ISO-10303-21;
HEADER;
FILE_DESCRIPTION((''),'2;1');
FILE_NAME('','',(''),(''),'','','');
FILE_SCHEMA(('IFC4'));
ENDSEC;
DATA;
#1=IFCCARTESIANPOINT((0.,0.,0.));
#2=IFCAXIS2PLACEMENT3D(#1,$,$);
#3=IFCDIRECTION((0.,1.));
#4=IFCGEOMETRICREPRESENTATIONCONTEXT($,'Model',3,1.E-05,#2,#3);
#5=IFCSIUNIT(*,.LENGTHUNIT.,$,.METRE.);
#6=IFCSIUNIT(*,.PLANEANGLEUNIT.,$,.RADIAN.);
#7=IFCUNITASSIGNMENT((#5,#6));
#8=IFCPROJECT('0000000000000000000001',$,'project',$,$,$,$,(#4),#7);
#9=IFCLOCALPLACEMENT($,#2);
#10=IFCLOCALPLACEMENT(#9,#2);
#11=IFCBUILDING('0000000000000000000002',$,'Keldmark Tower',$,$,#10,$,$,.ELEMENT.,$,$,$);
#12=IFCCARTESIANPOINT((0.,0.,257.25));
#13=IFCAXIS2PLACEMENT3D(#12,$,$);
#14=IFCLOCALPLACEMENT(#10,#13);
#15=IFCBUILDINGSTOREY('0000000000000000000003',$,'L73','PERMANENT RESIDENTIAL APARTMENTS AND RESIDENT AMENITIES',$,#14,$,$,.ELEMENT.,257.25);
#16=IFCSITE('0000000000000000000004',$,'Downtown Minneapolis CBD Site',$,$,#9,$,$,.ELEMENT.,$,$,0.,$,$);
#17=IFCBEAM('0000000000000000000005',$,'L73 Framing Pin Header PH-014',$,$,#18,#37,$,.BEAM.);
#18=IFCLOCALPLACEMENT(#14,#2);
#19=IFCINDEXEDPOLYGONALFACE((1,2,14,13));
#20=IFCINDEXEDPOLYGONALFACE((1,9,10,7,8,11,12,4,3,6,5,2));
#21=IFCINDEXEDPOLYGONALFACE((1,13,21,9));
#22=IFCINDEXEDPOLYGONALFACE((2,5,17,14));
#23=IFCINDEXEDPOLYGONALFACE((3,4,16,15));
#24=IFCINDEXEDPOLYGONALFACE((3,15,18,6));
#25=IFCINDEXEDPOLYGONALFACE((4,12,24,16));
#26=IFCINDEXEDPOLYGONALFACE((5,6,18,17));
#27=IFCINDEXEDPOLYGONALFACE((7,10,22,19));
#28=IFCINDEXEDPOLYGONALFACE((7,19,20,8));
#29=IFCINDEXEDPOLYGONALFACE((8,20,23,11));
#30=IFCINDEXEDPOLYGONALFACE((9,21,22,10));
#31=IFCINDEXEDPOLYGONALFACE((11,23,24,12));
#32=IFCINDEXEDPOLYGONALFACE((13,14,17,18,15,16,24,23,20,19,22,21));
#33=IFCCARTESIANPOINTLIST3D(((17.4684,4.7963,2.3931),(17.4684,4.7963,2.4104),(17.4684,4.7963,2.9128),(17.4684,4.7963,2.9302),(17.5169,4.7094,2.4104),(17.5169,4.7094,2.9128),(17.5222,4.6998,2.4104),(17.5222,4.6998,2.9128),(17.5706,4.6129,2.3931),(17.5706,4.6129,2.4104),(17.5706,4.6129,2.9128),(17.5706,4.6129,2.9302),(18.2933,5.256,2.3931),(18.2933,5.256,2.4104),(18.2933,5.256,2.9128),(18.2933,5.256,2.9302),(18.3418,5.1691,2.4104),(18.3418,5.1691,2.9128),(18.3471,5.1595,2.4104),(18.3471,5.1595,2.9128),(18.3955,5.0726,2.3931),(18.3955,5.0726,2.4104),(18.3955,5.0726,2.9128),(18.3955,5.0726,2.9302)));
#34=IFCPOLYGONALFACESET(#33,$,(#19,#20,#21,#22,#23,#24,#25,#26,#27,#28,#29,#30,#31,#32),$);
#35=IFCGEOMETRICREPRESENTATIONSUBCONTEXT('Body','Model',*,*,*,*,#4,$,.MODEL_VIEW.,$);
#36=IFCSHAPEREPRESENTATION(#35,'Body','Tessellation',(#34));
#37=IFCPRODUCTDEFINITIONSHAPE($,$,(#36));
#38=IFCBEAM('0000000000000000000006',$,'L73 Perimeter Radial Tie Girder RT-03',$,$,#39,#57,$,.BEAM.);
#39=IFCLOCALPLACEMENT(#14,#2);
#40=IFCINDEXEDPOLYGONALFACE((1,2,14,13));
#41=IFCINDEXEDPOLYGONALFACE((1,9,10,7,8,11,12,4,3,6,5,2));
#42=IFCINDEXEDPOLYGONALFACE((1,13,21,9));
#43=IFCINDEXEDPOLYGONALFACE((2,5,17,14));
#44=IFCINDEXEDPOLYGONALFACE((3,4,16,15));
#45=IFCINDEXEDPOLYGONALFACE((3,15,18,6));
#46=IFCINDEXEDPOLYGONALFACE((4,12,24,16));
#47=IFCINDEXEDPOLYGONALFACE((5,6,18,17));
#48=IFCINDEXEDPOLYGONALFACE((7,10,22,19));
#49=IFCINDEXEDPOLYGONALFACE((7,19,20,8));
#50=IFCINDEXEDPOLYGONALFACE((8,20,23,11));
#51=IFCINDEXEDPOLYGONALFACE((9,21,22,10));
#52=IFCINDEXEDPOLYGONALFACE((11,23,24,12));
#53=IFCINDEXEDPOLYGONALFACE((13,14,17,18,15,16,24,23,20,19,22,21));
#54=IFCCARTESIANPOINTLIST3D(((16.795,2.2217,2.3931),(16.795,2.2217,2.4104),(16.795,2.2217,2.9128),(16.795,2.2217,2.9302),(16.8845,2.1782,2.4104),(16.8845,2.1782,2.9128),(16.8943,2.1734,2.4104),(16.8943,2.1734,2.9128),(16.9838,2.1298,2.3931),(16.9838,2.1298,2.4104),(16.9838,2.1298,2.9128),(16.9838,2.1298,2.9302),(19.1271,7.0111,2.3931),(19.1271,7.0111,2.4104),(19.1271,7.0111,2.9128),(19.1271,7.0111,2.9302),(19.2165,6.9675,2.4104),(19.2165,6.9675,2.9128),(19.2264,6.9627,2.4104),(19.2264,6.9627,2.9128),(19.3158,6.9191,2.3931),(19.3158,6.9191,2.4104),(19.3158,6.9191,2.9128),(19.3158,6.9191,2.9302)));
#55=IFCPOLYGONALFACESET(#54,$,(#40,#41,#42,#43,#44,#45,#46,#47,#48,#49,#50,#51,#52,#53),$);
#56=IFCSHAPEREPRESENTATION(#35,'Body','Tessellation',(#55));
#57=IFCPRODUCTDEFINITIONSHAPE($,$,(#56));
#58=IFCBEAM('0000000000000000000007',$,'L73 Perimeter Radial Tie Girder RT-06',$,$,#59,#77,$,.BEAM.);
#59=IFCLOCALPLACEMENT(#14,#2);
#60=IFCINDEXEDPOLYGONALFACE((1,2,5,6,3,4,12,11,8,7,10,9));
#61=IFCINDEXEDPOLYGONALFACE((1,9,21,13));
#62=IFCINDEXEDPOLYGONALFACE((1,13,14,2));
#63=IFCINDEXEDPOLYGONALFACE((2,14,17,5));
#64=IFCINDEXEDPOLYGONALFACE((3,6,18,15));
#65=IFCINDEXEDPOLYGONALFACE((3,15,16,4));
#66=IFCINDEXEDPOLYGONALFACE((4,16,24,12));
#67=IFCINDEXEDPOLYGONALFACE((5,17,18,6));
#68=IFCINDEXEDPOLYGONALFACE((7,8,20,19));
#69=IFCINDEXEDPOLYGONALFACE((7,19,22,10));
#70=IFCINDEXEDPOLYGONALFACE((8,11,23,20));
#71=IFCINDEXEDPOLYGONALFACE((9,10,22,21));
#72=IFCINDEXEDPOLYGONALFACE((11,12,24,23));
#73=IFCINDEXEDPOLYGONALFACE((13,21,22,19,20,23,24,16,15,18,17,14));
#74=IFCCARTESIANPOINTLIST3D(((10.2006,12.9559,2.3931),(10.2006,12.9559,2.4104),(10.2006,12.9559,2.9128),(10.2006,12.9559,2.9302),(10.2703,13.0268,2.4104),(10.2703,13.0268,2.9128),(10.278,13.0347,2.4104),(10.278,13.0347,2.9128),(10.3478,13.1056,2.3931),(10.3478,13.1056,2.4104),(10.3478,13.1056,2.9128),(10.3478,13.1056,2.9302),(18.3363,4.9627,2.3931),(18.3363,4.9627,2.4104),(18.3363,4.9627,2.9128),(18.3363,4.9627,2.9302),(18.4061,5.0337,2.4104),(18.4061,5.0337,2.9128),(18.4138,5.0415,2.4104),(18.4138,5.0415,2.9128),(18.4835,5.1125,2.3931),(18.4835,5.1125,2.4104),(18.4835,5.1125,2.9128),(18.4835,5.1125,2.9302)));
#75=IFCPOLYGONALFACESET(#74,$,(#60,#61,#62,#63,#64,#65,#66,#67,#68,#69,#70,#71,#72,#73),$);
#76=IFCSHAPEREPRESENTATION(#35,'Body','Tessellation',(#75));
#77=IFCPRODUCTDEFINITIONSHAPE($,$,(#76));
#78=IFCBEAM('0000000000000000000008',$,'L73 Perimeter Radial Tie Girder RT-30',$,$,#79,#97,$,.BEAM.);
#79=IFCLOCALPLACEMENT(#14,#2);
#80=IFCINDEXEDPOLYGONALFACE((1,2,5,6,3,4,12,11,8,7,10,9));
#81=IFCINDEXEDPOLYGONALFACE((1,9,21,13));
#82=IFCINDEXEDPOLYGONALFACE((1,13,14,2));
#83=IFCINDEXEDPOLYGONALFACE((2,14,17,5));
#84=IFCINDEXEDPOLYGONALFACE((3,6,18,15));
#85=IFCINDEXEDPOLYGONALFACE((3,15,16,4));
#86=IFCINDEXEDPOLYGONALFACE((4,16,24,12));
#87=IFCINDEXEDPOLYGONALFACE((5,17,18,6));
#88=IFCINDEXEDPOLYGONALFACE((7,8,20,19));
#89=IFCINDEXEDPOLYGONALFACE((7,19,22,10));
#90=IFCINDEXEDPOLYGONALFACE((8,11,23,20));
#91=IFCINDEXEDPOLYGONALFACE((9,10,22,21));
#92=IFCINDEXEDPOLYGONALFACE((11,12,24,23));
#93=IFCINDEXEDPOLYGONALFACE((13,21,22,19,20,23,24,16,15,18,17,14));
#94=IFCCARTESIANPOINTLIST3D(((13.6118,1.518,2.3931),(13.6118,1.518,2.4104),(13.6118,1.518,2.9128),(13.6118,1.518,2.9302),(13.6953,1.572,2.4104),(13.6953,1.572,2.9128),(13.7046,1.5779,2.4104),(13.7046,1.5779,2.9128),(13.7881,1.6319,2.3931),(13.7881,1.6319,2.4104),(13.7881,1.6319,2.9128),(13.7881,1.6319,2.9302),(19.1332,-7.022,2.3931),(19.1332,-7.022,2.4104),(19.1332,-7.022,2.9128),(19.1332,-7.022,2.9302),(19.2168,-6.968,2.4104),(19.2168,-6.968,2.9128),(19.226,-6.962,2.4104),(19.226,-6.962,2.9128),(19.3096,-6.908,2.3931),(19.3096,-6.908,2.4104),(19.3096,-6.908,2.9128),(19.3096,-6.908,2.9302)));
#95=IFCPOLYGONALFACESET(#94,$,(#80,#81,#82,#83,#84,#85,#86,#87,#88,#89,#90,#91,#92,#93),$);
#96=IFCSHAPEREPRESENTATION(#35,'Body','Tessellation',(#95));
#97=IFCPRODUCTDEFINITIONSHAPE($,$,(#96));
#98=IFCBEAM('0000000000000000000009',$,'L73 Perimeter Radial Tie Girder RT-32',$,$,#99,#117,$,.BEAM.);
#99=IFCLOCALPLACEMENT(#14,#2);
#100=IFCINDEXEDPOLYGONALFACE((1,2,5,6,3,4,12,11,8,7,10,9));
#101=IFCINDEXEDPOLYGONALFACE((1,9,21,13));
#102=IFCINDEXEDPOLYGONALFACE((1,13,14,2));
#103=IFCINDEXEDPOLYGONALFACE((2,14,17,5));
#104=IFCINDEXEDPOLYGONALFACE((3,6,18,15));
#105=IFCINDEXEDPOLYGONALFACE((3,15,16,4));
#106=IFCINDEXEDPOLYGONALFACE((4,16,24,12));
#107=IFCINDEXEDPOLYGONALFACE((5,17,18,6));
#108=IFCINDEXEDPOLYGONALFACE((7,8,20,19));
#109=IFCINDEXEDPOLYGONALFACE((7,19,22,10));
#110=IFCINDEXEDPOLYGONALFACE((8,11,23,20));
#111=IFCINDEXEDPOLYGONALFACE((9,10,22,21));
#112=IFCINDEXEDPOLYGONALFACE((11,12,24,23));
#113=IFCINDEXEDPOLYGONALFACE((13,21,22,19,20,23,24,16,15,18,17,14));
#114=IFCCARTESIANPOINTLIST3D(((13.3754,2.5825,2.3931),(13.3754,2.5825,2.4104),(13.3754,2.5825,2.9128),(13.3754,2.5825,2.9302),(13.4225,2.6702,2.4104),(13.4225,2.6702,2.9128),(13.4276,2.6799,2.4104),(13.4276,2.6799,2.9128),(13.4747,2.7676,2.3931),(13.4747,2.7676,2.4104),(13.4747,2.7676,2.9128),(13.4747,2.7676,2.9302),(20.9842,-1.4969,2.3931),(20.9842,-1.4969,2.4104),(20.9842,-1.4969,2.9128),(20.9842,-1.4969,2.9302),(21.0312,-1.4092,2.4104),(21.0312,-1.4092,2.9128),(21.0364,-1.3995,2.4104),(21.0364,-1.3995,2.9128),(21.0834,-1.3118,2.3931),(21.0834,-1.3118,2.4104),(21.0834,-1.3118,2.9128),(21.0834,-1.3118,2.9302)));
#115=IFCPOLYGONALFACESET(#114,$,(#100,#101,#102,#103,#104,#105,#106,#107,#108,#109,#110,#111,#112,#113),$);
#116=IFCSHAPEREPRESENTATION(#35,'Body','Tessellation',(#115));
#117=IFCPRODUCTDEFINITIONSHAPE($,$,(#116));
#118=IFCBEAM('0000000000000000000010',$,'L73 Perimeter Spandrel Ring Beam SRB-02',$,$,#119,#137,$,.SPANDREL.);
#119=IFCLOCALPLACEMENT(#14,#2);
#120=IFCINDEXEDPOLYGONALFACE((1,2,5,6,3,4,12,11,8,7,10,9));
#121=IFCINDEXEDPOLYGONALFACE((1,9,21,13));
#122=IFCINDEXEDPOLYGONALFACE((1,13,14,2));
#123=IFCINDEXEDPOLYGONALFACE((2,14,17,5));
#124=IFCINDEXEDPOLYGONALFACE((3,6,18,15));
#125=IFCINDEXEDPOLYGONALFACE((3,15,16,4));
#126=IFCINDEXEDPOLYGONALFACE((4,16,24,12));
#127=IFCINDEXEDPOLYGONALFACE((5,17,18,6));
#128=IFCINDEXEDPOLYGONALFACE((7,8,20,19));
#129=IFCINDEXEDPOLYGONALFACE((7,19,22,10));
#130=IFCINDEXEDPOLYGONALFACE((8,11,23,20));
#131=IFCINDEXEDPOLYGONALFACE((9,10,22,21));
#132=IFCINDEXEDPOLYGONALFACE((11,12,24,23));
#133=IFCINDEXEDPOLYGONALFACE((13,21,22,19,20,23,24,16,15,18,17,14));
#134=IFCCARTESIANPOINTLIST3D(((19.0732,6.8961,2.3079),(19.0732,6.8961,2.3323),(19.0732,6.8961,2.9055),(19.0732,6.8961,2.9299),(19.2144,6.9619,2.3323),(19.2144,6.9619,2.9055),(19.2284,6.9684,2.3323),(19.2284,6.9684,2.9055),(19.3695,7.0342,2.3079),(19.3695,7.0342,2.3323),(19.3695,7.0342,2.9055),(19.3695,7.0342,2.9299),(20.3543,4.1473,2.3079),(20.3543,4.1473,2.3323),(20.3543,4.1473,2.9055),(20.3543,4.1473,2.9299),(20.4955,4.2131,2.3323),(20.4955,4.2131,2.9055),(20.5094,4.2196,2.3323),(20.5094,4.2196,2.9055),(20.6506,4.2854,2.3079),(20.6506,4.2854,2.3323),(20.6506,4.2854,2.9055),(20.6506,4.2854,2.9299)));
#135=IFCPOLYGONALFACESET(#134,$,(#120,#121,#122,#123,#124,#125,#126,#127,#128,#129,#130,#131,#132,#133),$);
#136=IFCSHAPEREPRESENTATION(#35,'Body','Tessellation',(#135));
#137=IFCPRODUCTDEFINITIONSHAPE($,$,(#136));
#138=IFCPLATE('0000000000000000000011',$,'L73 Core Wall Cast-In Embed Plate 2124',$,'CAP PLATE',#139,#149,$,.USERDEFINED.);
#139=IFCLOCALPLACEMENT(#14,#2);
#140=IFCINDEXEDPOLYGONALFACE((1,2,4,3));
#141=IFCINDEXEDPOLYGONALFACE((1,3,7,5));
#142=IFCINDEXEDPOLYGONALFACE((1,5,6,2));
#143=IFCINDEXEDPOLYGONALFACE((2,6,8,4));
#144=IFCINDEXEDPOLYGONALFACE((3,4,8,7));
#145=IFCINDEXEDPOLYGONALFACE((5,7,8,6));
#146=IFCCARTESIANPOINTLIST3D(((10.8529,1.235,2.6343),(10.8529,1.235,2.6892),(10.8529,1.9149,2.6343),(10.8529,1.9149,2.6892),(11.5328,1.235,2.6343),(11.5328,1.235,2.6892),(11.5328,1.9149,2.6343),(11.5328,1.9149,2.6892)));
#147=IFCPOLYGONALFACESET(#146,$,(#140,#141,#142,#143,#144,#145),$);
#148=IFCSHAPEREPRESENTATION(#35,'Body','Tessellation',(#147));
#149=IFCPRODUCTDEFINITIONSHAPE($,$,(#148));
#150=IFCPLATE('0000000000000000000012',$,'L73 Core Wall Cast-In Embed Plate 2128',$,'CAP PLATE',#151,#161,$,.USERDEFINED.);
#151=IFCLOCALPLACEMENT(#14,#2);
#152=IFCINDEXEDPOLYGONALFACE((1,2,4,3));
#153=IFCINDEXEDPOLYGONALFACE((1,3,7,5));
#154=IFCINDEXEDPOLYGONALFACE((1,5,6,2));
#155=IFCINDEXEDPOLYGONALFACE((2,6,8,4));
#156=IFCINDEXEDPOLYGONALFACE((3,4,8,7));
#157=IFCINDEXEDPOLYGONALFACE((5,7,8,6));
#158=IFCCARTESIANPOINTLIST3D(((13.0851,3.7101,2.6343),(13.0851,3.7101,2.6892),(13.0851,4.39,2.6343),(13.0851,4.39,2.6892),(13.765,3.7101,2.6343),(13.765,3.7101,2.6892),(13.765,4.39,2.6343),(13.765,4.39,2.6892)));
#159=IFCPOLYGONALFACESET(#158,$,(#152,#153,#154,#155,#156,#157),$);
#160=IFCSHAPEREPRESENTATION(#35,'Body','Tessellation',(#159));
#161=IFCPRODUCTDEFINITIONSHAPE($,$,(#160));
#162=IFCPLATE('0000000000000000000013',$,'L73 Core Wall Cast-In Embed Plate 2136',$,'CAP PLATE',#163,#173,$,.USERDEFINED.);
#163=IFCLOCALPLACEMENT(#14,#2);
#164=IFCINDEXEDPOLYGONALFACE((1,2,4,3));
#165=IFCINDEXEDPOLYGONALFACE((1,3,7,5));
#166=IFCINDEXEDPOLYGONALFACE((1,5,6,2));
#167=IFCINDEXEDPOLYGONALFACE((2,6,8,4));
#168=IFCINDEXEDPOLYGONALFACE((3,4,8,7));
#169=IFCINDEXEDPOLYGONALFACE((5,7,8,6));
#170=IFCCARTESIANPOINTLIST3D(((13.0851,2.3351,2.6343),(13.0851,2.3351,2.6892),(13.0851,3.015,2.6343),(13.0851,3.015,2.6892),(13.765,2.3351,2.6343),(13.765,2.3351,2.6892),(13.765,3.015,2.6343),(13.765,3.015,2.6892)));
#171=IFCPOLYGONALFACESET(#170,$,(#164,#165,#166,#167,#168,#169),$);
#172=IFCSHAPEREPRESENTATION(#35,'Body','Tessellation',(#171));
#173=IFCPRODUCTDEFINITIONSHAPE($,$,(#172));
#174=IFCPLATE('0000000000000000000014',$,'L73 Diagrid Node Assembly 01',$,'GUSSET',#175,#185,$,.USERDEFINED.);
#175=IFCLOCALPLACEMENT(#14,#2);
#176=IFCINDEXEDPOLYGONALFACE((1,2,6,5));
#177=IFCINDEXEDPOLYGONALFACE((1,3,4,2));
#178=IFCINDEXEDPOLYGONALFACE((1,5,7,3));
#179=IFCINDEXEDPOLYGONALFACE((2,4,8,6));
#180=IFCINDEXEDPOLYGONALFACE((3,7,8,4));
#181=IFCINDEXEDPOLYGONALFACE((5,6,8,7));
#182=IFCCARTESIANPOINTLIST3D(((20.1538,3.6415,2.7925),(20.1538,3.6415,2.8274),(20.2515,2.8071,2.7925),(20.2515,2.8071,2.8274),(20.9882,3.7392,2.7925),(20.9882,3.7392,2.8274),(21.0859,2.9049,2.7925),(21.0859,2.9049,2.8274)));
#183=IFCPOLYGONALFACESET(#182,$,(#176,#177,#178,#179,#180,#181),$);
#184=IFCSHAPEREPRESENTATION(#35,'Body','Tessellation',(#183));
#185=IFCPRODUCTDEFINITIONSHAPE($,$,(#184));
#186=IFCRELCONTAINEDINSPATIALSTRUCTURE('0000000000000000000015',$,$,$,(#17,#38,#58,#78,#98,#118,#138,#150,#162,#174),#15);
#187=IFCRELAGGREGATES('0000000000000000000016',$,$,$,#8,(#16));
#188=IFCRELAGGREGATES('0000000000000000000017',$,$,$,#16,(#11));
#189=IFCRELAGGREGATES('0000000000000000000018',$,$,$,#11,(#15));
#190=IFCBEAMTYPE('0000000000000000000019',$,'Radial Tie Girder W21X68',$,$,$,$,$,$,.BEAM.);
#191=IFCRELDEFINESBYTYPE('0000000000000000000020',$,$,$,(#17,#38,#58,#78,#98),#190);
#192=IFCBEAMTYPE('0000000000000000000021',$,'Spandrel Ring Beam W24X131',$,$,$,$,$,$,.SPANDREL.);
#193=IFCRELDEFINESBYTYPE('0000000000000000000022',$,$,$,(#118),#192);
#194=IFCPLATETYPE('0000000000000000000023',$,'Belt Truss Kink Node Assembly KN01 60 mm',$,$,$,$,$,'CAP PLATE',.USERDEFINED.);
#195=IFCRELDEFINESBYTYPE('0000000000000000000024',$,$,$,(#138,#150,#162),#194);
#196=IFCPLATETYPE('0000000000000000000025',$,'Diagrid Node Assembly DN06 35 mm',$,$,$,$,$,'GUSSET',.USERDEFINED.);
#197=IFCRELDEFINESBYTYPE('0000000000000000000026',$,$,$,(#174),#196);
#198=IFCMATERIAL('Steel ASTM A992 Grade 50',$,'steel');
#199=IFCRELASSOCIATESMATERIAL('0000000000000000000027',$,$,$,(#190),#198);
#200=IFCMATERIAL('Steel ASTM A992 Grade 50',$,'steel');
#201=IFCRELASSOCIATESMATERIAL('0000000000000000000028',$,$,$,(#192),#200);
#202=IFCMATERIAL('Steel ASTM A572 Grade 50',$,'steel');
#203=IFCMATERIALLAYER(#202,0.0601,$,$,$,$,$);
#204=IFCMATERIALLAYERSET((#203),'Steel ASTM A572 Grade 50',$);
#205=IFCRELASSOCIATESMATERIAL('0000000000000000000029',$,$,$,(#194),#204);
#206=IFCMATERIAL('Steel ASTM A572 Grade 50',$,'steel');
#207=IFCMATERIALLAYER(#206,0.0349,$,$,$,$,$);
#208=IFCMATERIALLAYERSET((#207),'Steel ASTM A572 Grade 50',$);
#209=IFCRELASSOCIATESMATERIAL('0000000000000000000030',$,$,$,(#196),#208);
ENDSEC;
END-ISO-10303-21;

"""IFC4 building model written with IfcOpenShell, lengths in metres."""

from ifc_helpers import new_model, si_unit, direction, frame, origin, origin_2d, place, context, subcontext, project, spatial, rectangle, i_section, extrude, material, layer, layer_set, material_profile, profile_set, type_object, element, save


model = new_model("IFC4")

# Units and contexts
model_context = context("Model", 3, precision=1e-05, world=origin(), true_north=direction((0.0, 1.0)))
body_context = subcontext(model_context, "Body", "Model", "MODEL_VIEW")
ifc_project = project(units=[si_unit("LENGTHUNIT", "METRE"), si_unit("PLANEANGLEUNIT", "RADIAN")], contexts=[model_context])

# Site, building, storey
site_placement = place(None, origin())
site = spatial("IfcSite", under=ifc_project, at=site_placement, Name="Downtown Minneapolis CBD Site", CompositionType="ELEMENT", RefElevation=0.0)
building_placement = place(site_placement, origin())
building = spatial("IfcBuilding", under=site, at=building_placement, Name="Keldmark Tower", CompositionType="ELEMENT")
storey_placement = place(building_placement, frame((0.0, 0.0, 257.25)))
storey = spatial("IfcBuildingStorey", under=building, at=storey_placement, Name="L73", Description="PERMANENT RESIDENTIAL APARTMENTS AND RESIDENT AMENITIES", CompositionType="ELEMENT", Elevation=257.25)

# Beams
ifc_material_1 = material(Name="Steel ASTM A992 Grade 50", Category="steel")
ifc_material_profile_1 = material_profile(ifc_material_1, i_section(OverallWidth=0.21, OverallDepth=0.5371, WebThickness=0.011, FlangeThickness=0.0173, at=origin_2d()), Name="W21X68")
ifc_profile_set_1 = profile_set([ifc_material_profile_1], Name="Steel ASTM A992 Grade 50")
beam_type_1 = type_object("IfcBeamType", Name="Radial Tie Girder W21X68", PredefinedType="BEAM", material=ifc_profile_set_1)
beam_1_placement = place(storey_placement, frame((17.5195, 4.7046, 2.6616), z_axis=(0.873522, 0.486784, 0.0), x_axis=(-0.486784, 0.873522, 0.0)))
element("IfcBeam", 1, at=beam_1_placement, inside=storey, type_object=beam_type_1, Name="L73 Framing Pin Header PH-014", PredefinedType="BEAM", context=body_context, shape_type="SweptSolid", body=[
    extrude(i_section(OverallWidth=0.21, OverallDepth=0.5371, WebThickness=0.011, FlangeThickness=0.0173, at=origin_2d()), origin(), (0.0, 0.0, 1.0), 0.9443),
])
beam_2_placement = place(storey_placement, frame((16.8894, 2.1758, 2.6616), z_axis=(0.437784, 0.89908, 0.0), x_axis=(-0.89908, 0.437784, 0.0)))
element("IfcBeam", 2, at=beam_2_placement, inside=storey, type_object=beam_type_1, Name="L73 Perimeter Radial Tie Girder RT-03", PredefinedType="BEAM", context=body_context, shape_type="SweptSolid", body=[
    extrude(i_section(OverallWidth=0.21, OverallDepth=0.5371, WebThickness=0.011, FlangeThickness=0.0173, at=origin_2d()), origin(), (0.0, 0.0, 1.0), 5.3269),
])
beam_3_placement = place(storey_placement, frame((18.4099, 5.0376, 2.6616), z_axis=(-0.71333, 0.700829, 0.0), x_axis=(-0.700829, -0.71333, 0.0)))
element("IfcBeam", 3, at=beam_3_placement, inside=storey, type_object=beam_type_1, Name="L73 Perimeter Radial Tie Girder RT-06", PredefinedType="BEAM", context=body_context, shape_type="SweptSolid", body=[
    extrude(i_section(OverallWidth=0.21, OverallDepth=0.5371, WebThickness=0.011, FlangeThickness=0.0173, at=origin_2d()), origin(), (0.0, 0.0, 1.0), 11.4053),
])
beam_4_placement = place(storey_placement, frame((13.7, 1.575, 2.6616), z_axis=(0.542945, -0.839768, 0.0), x_axis=(0.839768, 0.542945, 0.0)))
element("IfcBeam", 4, at=beam_4_placement, inside=storey, type_object=beam_type_1, Name="L73 Perimeter Radial Tie Girder RT-30", PredefinedType="BEAM", context=body_context, shape_type="SweptSolid", body=[
    extrude(i_section(OverallWidth=0.21, OverallDepth=0.5371, WebThickness=0.011, FlangeThickness=0.0173, at=origin_2d()), origin(), (0.0, 0.0, 1.0), 10.1694),
])
beam_5_placement = place(storey_placement, frame((13.425, 2.675, 2.6616), z_axis=(0.881321, -0.472517, 0.0), x_axis=(0.472517, 0.881321, 0.0)))
element("IfcBeam", 5, at=beam_5_placement, inside=storey, type_object=beam_type_1, Name="L73 Perimeter Radial Tie Girder RT-32", PredefinedType="BEAM", context=body_context, shape_type="SweptSolid", body=[
    extrude(i_section(OverallWidth=0.21, OverallDepth=0.5371, WebThickness=0.011, FlangeThickness=0.0173, at=origin_2d()), origin(), (0.0, 0.0, 1.0), 8.6333),
])
ifc_material_2 = material(Name="Steel ASTM A992 Grade 50", Category="steel")
ifc_material_profile_2 = material_profile(ifc_material_2, i_section(OverallWidth=0.3269, OverallDepth=0.6221, WebThickness=0.0154, FlangeThickness=0.0244, at=origin_2d()), Name="W24X131")
ifc_profile_set_2 = profile_set([ifc_material_profile_2], Name="Steel ASTM A992 Grade 50")
beam_type_2 = type_object("IfcBeamType", Name="Spandrel Ring Beam W24X131", PredefinedType="SPANDREL", material=ifc_profile_set_2)
beam_6_placement = place(storey_placement, frame((20.5024, 4.2163, 2.6189), z_axis=(-0.422409, 0.906405, 0.0), x_axis=(-0.906405, -0.422409, 0.0)))
element("IfcBeam", 6, at=beam_6_placement, inside=storey, type_object=beam_type_2, Name="L73 Perimeter Spandrel Ring Beam SRB-02", PredefinedType="SPANDREL", context=body_context, shape_type="SweptSolid", body=[
    extrude(i_section(OverallWidth=0.3269, OverallDepth=0.6221, WebThickness=0.0154, FlangeThickness=0.0244, at=origin_2d()), origin(), (0.0, 0.0, 1.0), 3.0327),
])

# Plates
ifc_material_3 = material(Name="Steel ASTM A572 Grade 50", Category="steel")
ifc_layer_1 = layer(ifc_material_3, 0.0601)
ifc_layer_set_1 = layer_set([ifc_layer_1], Name="Steel ASTM A572 Grade 50")
plate_type_1 = type_object("IfcPlateType", Name="Belt Truss Kink Node Assembly KN01 60 mm", ElementType="CAP PLATE", PredefinedType="USERDEFINED", material=ifc_layer_set_1)
for number, where, z_axis, x_axis, name in (
    (7, (11.1929, 1.575, 2.6343), (0.0, 0.0, 1.0), (1.0, 0.0, 0.0), "L73 Core Wall Cast-In Embed Plate 2124"),
    (8, (13.425, 4.05, 2.6343), (0.0, 0.0, 1.0), (1.0, 0.0, 0.0), "L73 Core Wall Cast-In Embed Plate 2128"),
    (9, (13.425, 2.675, 2.6343), (0.0, 0.0, 1.0), (1.0, 0.0, 0.0), "L73 Core Wall Cast-In Embed Plate 2136"),
):
    element("IfcPlate", number, at=place(storey_placement, frame(where, z_axis=z_axis, x_axis=x_axis)), inside=storey, type_object=plate_type_1, Name=name, ObjectType="CAP PLATE", PredefinedType="USERDEFINED", context=body_context, shape_type="SweptSolid", body=[
        extrude(rectangle(XDim=0.6799, YDim=0.6799, at=origin_2d()), origin(), (0.0, 0.0, 1.0), 0.0549),
    ])
ifc_material_4 = material(Name="Steel ASTM A572 Grade 50", Category="steel")
ifc_layer_2 = layer(ifc_material_4, 0.0349)
ifc_layer_set_2 = layer_set([ifc_layer_2], Name="Steel ASTM A572 Grade 50")
plate_type_2 = type_object("IfcPlateType", Name="Diagrid Node Assembly DN06 35 mm", ElementType="GUSSET", PredefinedType="USERDEFINED", material=ifc_layer_set_2)
plate_placement = place(storey_placement, frame((20.6199, 3.2732, 2.7925), z_axis=(0.0, 0.0, 1.0), x_axis=(-0.116324, 0.993211, 0.0)))
element("IfcPlate", 10, at=plate_placement, inside=storey, type_object=plate_type_2, Name="L73 Diagrid Node Assembly 01", ObjectType="GUSSET", PredefinedType="USERDEFINED", context=body_context, shape_type="SweptSolid", body=[
    extrude(rectangle(XDim=0.8401, YDim=0.8401, at=origin_2d()), origin(), (0.0, 0.0, 1.0), 0.0349),
])

save(model, "model.ifc")
